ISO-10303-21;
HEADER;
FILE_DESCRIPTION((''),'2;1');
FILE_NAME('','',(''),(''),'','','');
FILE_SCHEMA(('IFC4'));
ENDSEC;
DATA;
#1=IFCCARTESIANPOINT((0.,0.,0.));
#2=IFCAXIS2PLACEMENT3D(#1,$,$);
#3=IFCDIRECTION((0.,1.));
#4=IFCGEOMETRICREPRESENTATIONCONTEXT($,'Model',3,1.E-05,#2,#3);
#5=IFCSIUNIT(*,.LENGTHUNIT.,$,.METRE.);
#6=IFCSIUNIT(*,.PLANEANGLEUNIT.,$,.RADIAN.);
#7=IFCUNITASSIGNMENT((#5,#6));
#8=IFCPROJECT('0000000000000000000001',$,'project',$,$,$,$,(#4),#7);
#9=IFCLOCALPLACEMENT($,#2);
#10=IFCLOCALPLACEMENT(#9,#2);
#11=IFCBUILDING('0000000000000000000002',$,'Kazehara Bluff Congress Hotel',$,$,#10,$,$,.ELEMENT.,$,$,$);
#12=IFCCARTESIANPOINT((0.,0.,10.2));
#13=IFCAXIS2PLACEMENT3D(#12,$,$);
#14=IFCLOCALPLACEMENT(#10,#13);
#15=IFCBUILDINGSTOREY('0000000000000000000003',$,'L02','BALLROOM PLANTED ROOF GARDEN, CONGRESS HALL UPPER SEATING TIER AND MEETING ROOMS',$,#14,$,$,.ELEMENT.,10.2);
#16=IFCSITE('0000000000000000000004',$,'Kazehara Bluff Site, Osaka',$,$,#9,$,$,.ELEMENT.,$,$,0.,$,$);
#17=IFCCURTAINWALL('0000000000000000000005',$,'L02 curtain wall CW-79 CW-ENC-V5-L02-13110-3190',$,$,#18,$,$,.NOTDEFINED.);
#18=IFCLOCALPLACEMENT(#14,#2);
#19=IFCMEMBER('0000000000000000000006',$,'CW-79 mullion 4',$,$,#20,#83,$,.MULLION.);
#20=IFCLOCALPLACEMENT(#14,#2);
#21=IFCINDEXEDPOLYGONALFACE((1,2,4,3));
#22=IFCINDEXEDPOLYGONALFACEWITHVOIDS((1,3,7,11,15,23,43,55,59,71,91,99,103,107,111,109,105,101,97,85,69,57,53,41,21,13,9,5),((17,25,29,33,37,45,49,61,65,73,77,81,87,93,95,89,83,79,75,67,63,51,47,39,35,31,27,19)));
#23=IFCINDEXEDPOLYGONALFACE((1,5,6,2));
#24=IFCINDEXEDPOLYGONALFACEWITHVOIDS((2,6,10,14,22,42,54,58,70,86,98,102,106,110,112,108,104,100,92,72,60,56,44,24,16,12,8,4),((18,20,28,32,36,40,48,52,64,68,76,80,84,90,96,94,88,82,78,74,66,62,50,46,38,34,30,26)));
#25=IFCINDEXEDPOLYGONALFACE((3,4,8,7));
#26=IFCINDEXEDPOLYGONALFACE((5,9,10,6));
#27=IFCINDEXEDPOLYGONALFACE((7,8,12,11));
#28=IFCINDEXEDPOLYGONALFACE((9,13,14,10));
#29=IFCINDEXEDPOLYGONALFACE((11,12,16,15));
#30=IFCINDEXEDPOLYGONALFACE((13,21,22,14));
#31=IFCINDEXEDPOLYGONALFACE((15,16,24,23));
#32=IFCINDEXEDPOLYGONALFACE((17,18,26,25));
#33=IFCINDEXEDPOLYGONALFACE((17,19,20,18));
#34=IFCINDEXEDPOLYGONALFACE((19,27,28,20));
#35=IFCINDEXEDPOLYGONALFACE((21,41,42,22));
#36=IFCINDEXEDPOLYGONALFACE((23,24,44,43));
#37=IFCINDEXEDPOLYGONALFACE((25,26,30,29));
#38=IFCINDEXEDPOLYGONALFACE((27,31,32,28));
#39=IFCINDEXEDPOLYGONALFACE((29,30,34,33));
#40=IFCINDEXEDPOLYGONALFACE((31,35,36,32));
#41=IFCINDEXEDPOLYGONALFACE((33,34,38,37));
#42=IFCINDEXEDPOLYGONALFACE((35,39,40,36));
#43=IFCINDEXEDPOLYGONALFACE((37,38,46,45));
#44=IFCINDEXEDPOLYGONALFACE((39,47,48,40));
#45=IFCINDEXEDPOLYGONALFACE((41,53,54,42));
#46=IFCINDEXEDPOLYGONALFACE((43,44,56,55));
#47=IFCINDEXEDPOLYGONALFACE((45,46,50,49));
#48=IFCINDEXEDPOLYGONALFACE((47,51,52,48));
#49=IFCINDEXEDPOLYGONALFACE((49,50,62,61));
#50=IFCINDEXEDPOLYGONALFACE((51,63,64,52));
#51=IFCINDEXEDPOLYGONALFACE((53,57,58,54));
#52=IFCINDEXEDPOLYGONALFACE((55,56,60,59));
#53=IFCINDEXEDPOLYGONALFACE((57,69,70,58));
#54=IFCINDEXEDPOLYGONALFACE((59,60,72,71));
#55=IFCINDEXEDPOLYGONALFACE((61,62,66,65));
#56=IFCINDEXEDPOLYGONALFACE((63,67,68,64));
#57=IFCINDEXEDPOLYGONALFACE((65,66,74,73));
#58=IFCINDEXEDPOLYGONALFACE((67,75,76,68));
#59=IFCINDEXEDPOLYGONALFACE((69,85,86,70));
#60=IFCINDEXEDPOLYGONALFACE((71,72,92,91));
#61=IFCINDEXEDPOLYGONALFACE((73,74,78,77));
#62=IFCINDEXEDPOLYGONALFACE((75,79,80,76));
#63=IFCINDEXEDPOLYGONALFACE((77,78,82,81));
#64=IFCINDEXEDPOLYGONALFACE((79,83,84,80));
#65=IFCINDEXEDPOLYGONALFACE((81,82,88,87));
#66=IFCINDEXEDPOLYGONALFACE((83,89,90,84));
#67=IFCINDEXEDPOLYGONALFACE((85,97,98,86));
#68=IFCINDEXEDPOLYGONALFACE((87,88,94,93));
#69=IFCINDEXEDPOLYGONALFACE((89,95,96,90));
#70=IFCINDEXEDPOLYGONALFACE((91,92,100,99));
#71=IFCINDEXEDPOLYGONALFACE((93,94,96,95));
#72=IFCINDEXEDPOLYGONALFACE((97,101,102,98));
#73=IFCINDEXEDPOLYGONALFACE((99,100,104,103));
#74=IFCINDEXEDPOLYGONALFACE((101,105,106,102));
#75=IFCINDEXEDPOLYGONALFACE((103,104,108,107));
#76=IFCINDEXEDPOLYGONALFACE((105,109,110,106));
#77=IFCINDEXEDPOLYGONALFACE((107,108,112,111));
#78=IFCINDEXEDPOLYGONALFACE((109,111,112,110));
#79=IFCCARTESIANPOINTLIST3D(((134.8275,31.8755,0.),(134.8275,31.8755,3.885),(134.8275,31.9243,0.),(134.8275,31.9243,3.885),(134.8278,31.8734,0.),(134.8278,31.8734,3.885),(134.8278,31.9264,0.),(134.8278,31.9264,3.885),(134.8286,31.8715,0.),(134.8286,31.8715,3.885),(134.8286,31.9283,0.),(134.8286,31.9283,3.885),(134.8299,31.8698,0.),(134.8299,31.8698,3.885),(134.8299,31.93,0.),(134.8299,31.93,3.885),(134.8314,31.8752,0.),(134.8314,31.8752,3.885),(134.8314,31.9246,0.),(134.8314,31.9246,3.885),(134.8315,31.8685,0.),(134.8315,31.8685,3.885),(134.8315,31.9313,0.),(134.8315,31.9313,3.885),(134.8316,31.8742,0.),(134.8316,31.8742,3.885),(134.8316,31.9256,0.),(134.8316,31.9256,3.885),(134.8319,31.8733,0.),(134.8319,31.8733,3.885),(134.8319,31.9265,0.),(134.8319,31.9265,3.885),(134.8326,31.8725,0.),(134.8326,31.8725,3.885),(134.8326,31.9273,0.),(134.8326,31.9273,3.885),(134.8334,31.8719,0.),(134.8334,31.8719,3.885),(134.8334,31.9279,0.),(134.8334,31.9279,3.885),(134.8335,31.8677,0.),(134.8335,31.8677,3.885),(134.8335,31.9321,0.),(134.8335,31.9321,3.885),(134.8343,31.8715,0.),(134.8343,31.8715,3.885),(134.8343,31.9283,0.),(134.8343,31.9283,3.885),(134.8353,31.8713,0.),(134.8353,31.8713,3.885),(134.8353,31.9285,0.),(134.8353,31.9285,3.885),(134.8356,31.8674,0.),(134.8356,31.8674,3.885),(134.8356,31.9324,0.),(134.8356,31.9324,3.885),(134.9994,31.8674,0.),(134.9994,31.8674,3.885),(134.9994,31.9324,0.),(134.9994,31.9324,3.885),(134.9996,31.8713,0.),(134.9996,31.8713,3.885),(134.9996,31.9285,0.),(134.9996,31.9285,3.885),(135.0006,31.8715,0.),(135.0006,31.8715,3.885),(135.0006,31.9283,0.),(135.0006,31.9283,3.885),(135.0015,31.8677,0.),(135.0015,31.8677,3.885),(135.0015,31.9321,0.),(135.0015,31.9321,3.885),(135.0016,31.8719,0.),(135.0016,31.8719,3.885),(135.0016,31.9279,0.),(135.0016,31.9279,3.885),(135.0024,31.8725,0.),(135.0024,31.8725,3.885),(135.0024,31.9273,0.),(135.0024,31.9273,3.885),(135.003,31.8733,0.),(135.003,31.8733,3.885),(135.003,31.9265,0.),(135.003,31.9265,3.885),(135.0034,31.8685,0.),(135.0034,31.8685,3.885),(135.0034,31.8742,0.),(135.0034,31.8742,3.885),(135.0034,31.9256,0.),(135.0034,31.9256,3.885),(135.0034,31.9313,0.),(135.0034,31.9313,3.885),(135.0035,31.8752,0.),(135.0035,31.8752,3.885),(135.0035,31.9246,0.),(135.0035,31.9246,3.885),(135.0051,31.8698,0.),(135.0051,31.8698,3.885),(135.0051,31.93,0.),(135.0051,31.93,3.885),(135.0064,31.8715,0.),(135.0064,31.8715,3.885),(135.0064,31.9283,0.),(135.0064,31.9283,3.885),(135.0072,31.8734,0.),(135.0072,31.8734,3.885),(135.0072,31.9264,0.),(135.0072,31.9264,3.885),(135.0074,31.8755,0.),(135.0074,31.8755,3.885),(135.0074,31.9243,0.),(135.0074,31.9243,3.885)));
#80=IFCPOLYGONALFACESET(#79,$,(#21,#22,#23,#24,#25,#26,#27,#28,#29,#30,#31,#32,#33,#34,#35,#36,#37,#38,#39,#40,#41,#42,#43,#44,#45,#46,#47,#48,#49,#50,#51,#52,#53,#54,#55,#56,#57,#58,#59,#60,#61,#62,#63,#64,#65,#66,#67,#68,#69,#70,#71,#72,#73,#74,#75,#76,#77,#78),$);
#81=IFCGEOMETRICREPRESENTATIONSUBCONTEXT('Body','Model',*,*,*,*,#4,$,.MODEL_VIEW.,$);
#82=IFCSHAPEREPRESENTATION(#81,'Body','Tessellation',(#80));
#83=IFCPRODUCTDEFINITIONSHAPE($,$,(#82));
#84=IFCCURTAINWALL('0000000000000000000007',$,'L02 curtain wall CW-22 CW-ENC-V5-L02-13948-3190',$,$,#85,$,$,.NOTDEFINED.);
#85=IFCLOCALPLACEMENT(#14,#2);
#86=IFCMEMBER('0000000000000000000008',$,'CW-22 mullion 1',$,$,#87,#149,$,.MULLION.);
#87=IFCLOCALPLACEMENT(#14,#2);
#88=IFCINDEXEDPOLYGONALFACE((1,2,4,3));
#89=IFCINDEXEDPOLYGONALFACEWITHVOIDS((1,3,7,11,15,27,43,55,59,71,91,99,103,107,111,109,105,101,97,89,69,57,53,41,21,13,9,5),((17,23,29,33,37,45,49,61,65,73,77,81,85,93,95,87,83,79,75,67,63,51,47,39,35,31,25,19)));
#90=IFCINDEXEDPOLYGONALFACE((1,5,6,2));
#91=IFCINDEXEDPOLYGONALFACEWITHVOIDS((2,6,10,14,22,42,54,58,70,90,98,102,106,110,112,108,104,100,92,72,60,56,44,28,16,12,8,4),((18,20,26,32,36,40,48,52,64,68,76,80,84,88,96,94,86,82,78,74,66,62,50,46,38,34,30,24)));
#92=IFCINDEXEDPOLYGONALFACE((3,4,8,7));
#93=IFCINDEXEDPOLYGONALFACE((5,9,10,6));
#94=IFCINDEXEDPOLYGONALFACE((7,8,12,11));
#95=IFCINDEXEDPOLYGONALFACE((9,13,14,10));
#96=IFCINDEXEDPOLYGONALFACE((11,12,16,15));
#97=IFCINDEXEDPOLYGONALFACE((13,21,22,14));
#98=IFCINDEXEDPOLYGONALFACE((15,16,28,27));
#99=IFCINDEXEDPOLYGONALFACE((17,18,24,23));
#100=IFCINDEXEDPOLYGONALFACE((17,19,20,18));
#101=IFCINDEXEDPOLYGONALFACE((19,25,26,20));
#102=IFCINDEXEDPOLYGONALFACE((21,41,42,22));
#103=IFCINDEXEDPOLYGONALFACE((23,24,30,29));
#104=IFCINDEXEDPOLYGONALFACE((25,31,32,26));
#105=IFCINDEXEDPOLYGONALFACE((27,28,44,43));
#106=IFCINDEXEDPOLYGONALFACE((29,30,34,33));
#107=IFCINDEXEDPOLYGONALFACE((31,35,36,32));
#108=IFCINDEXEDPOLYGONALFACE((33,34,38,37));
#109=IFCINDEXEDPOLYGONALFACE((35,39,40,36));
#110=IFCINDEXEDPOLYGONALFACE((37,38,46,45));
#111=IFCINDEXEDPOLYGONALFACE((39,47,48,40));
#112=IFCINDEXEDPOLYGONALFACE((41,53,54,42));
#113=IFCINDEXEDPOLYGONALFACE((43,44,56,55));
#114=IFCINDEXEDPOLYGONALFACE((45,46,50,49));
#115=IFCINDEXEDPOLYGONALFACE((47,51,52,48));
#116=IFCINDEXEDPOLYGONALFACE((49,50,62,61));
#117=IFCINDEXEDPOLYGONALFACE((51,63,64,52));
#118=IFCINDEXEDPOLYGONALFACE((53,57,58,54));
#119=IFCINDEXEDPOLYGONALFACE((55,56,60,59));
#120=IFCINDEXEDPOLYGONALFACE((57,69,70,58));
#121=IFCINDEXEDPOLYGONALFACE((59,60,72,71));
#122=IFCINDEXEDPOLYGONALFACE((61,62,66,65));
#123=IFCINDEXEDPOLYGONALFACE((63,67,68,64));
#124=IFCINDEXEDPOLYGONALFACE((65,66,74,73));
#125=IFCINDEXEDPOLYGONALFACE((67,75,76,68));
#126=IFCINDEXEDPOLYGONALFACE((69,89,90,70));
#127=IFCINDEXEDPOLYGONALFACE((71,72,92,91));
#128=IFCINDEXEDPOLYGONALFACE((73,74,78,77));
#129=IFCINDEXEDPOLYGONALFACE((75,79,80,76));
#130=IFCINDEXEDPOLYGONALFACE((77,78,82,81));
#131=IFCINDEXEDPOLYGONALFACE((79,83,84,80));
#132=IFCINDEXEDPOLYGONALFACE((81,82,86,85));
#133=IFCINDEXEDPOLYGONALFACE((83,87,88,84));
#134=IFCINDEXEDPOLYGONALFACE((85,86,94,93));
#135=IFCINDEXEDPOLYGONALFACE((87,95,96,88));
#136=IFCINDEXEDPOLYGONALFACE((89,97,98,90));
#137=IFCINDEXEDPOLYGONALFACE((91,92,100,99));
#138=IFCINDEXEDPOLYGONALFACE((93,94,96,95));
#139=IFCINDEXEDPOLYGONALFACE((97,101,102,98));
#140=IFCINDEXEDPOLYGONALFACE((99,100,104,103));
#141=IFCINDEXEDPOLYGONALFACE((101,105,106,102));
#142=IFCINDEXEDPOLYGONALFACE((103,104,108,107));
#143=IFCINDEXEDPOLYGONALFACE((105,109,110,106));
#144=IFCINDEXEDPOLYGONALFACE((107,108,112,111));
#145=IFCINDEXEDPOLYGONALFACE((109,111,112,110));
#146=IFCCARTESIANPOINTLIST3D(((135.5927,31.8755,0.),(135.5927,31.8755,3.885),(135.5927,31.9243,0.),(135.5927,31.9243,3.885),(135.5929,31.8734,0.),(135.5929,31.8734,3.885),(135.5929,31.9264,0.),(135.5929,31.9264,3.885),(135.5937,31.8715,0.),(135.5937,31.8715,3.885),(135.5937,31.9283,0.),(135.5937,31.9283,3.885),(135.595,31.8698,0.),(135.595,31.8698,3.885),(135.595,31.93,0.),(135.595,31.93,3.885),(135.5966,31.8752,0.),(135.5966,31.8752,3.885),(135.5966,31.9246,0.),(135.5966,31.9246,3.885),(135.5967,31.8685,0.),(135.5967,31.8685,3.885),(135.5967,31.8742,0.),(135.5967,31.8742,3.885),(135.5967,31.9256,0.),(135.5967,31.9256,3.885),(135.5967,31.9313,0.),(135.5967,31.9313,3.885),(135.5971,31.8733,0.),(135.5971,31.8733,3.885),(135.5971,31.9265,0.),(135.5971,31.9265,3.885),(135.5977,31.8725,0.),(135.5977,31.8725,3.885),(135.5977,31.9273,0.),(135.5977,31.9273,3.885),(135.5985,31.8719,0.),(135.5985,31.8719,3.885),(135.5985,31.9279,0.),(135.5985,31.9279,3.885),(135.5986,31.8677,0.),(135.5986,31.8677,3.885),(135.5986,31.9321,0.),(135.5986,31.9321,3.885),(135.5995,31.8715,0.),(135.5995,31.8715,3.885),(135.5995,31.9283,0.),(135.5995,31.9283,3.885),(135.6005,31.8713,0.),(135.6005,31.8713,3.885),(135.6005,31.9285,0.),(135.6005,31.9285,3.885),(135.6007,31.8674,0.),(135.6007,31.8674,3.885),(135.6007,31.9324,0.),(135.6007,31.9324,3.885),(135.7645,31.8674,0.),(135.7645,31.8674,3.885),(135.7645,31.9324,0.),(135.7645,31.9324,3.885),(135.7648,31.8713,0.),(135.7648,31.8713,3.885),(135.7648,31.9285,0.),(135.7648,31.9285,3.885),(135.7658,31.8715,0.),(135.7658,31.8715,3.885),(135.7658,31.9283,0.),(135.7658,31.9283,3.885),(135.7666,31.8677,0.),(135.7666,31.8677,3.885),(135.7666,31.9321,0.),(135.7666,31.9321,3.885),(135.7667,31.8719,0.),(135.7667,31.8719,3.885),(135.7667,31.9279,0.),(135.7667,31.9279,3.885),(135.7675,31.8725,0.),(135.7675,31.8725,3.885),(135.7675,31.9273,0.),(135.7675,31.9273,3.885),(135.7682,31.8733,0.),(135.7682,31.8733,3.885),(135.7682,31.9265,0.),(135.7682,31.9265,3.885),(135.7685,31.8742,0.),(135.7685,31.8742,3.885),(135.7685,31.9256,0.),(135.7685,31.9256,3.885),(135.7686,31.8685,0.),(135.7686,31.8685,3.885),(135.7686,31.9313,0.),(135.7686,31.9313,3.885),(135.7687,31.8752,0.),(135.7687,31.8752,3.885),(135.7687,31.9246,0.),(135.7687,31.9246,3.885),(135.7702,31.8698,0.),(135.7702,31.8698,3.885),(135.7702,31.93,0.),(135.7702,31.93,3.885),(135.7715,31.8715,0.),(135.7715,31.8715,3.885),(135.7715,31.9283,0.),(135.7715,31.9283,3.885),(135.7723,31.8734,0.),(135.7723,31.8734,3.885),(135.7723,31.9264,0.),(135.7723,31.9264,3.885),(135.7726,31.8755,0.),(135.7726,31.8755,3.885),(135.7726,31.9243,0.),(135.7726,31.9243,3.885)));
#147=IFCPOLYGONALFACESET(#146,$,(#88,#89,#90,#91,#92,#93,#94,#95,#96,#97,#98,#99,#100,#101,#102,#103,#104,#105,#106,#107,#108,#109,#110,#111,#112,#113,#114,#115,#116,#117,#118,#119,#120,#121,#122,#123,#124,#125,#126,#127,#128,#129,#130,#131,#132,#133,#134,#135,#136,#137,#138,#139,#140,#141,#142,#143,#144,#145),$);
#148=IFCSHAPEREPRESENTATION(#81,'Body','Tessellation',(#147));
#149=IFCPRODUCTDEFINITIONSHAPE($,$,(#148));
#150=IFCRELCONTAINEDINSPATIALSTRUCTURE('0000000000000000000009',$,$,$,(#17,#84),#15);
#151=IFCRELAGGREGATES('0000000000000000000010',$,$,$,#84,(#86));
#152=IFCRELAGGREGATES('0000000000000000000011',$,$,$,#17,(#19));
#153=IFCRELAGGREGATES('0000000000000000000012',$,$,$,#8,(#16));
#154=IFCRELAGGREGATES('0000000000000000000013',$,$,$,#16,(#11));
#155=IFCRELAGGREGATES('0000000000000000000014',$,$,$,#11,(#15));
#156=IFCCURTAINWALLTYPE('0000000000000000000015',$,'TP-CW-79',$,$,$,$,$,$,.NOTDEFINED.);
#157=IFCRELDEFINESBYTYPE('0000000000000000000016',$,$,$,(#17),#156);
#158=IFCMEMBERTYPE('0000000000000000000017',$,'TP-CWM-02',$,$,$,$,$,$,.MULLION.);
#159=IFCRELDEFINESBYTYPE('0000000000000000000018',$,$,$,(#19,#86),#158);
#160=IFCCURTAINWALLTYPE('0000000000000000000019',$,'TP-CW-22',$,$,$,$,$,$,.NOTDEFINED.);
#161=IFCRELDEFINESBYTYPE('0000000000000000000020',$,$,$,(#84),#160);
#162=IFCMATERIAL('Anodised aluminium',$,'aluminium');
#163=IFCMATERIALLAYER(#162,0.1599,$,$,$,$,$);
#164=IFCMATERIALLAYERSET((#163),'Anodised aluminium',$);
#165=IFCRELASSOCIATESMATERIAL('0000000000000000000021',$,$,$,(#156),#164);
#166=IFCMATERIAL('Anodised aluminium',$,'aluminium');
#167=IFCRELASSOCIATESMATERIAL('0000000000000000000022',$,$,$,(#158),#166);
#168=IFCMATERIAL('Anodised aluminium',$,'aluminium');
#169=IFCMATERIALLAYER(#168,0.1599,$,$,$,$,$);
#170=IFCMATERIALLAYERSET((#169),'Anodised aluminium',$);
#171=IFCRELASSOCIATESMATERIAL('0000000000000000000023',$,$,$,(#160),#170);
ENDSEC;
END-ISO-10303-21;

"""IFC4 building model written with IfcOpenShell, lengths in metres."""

from ifc_helpers import new_model, si_unit, direction, frame, origin, origin_2d, place, context, subcontext, project, spatial, hollow_rectangle, extrude, material, layer, layer_set, material_profile, profile_set, type_object, element, aggregate, save


model = new_model("IFC4")

# Units and contexts
model_context = context("Model", 3, precision=1e-05, world=origin(), true_north=direction((0.0, 1.0)))
body_context = subcontext(model_context, "Body", "Model", "MODEL_VIEW")
ifc_project = project(units=[si_unit("LENGTHUNIT", "METRE"), si_unit("PLANEANGLEUNIT", "RADIAN")], contexts=[model_context])

# Site, building, storey
site_placement = place(None, origin())
site = spatial("IfcSite", under=ifc_project, at=site_placement, Name="Kazehara Bluff Site, Osaka", CompositionType="ELEMENT", RefElevation=0.0)
building_placement = place(site_placement, origin())
building = spatial("IfcBuilding", under=site, at=building_placement, Name="Kazehara Bluff Congress Hotel", CompositionType="ELEMENT")
storey_placement = place(building_placement, frame((0.0, 0.0, 10.2)))
storey = spatial("IfcBuildingStorey", under=building, at=storey_placement, Name="L02", Description="BALLROOM PLANTED ROOF GARDEN, CONGRESS HALL UPPER SEATING TIER AND MEETING ROOMS", CompositionType="ELEMENT", Elevation=10.2)

# Curtain wall, member
ifc_material_1 = material(Name="Anodised aluminium", Category="aluminium")
ifc_layer_1 = layer(ifc_material_1, 0.1599)
ifc_layer_set_1 = layer_set([ifc_layer_1], Name="Anodised aluminium")
curtain_wall_type_1 = type_object("IfcCurtainWallType", Name="TP-CW-79", PredefinedType="NOTDEFINED", material=ifc_layer_set_1)
curtain_wall_1_placement = place(storey_placement, origin())
curtain_wall_1 = element("IfcCurtainWall", 1, at=curtain_wall_1_placement, inside=storey, type_object=curtain_wall_type_1, Name="L02 curtain wall CW-79 CW-ENC-V5-L02-13110-3190", PredefinedType="NOTDEFINED")
ifc_material_2 = material(Name="Anodised aluminium", Category="aluminium")
ifc_material_profile_1 = material_profile(ifc_material_2, hollow_rectangle(XDim=0.0649, YDim=0.1799, WallThickness=0.0039, InnerFilletRadius=0.0039, OuterFilletRadius=0.0081, at=origin_2d()))
ifc_profile_set_1 = profile_set([ifc_material_profile_1], Name="Anodised aluminium")
member_type_1 = type_object("IfcMemberType", Name="TP-CWM-02", PredefinedType="MULLION", material=ifc_profile_set_1)
member_1_placement = place(storey_placement, frame((134.9175, 31.8999, 0.0), z_axis=(0.0, 0.0, 1.0), x_axis=(0.0, 1.0, 0.0)))
member_1 = element("IfcMember", 2, at=member_1_placement, type_object=member_type_1, Name="CW-79 mullion 4", PredefinedType="MULLION", context=body_context, shape_type="SweptSolid", body=[
    extrude(hollow_rectangle(XDim=0.0649, YDim=0.1799, WallThickness=0.0039, InnerFilletRadius=0.0039, OuterFilletRadius=0.0081, at=origin_2d()), origin(), (0.0, 0.0, 1.0), 3.885),
])

# Curtain wall, member
ifc_material_3 = material(Name="Anodised aluminium", Category="aluminium")
ifc_layer_2 = layer(ifc_material_3, 0.1599)
ifc_layer_set_2 = layer_set([ifc_layer_2], Name="Anodised aluminium")
curtain_wall_type_2 = type_object("IfcCurtainWallType", Name="TP-CW-22", PredefinedType="NOTDEFINED", material=ifc_layer_set_2)
curtain_wall_2_placement = place(storey_placement, origin())
curtain_wall_2 = element("IfcCurtainWall", 3, at=curtain_wall_2_placement, inside=storey, type_object=curtain_wall_type_2, Name="L02 curtain wall CW-22 CW-ENC-V5-L02-13948-3190", PredefinedType="NOTDEFINED")
member_2_placement = place(storey_placement, frame((135.6826, 31.8999, 0.0), z_axis=(0.0, 0.0, 1.0), x_axis=(0.0, 1.0, 0.0)))
member_2 = element("IfcMember", 4, at=member_2_placement, type_object=member_type_1, Name="CW-22 mullion 1", PredefinedType="MULLION", context=body_context, shape_type="SweptSolid", body=[
    extrude(hollow_rectangle(XDim=0.0649, YDim=0.1799, WallThickness=0.0039, InnerFilletRadius=0.0039, OuterFilletRadius=0.0081, at=origin_2d()), origin(), (0.0, 0.0, 1.0), 3.885),
])
aggregate(curtain_wall_2, [member_2])

aggregate(curtain_wall_1, [member_1])

save(model, "model.ifc")
